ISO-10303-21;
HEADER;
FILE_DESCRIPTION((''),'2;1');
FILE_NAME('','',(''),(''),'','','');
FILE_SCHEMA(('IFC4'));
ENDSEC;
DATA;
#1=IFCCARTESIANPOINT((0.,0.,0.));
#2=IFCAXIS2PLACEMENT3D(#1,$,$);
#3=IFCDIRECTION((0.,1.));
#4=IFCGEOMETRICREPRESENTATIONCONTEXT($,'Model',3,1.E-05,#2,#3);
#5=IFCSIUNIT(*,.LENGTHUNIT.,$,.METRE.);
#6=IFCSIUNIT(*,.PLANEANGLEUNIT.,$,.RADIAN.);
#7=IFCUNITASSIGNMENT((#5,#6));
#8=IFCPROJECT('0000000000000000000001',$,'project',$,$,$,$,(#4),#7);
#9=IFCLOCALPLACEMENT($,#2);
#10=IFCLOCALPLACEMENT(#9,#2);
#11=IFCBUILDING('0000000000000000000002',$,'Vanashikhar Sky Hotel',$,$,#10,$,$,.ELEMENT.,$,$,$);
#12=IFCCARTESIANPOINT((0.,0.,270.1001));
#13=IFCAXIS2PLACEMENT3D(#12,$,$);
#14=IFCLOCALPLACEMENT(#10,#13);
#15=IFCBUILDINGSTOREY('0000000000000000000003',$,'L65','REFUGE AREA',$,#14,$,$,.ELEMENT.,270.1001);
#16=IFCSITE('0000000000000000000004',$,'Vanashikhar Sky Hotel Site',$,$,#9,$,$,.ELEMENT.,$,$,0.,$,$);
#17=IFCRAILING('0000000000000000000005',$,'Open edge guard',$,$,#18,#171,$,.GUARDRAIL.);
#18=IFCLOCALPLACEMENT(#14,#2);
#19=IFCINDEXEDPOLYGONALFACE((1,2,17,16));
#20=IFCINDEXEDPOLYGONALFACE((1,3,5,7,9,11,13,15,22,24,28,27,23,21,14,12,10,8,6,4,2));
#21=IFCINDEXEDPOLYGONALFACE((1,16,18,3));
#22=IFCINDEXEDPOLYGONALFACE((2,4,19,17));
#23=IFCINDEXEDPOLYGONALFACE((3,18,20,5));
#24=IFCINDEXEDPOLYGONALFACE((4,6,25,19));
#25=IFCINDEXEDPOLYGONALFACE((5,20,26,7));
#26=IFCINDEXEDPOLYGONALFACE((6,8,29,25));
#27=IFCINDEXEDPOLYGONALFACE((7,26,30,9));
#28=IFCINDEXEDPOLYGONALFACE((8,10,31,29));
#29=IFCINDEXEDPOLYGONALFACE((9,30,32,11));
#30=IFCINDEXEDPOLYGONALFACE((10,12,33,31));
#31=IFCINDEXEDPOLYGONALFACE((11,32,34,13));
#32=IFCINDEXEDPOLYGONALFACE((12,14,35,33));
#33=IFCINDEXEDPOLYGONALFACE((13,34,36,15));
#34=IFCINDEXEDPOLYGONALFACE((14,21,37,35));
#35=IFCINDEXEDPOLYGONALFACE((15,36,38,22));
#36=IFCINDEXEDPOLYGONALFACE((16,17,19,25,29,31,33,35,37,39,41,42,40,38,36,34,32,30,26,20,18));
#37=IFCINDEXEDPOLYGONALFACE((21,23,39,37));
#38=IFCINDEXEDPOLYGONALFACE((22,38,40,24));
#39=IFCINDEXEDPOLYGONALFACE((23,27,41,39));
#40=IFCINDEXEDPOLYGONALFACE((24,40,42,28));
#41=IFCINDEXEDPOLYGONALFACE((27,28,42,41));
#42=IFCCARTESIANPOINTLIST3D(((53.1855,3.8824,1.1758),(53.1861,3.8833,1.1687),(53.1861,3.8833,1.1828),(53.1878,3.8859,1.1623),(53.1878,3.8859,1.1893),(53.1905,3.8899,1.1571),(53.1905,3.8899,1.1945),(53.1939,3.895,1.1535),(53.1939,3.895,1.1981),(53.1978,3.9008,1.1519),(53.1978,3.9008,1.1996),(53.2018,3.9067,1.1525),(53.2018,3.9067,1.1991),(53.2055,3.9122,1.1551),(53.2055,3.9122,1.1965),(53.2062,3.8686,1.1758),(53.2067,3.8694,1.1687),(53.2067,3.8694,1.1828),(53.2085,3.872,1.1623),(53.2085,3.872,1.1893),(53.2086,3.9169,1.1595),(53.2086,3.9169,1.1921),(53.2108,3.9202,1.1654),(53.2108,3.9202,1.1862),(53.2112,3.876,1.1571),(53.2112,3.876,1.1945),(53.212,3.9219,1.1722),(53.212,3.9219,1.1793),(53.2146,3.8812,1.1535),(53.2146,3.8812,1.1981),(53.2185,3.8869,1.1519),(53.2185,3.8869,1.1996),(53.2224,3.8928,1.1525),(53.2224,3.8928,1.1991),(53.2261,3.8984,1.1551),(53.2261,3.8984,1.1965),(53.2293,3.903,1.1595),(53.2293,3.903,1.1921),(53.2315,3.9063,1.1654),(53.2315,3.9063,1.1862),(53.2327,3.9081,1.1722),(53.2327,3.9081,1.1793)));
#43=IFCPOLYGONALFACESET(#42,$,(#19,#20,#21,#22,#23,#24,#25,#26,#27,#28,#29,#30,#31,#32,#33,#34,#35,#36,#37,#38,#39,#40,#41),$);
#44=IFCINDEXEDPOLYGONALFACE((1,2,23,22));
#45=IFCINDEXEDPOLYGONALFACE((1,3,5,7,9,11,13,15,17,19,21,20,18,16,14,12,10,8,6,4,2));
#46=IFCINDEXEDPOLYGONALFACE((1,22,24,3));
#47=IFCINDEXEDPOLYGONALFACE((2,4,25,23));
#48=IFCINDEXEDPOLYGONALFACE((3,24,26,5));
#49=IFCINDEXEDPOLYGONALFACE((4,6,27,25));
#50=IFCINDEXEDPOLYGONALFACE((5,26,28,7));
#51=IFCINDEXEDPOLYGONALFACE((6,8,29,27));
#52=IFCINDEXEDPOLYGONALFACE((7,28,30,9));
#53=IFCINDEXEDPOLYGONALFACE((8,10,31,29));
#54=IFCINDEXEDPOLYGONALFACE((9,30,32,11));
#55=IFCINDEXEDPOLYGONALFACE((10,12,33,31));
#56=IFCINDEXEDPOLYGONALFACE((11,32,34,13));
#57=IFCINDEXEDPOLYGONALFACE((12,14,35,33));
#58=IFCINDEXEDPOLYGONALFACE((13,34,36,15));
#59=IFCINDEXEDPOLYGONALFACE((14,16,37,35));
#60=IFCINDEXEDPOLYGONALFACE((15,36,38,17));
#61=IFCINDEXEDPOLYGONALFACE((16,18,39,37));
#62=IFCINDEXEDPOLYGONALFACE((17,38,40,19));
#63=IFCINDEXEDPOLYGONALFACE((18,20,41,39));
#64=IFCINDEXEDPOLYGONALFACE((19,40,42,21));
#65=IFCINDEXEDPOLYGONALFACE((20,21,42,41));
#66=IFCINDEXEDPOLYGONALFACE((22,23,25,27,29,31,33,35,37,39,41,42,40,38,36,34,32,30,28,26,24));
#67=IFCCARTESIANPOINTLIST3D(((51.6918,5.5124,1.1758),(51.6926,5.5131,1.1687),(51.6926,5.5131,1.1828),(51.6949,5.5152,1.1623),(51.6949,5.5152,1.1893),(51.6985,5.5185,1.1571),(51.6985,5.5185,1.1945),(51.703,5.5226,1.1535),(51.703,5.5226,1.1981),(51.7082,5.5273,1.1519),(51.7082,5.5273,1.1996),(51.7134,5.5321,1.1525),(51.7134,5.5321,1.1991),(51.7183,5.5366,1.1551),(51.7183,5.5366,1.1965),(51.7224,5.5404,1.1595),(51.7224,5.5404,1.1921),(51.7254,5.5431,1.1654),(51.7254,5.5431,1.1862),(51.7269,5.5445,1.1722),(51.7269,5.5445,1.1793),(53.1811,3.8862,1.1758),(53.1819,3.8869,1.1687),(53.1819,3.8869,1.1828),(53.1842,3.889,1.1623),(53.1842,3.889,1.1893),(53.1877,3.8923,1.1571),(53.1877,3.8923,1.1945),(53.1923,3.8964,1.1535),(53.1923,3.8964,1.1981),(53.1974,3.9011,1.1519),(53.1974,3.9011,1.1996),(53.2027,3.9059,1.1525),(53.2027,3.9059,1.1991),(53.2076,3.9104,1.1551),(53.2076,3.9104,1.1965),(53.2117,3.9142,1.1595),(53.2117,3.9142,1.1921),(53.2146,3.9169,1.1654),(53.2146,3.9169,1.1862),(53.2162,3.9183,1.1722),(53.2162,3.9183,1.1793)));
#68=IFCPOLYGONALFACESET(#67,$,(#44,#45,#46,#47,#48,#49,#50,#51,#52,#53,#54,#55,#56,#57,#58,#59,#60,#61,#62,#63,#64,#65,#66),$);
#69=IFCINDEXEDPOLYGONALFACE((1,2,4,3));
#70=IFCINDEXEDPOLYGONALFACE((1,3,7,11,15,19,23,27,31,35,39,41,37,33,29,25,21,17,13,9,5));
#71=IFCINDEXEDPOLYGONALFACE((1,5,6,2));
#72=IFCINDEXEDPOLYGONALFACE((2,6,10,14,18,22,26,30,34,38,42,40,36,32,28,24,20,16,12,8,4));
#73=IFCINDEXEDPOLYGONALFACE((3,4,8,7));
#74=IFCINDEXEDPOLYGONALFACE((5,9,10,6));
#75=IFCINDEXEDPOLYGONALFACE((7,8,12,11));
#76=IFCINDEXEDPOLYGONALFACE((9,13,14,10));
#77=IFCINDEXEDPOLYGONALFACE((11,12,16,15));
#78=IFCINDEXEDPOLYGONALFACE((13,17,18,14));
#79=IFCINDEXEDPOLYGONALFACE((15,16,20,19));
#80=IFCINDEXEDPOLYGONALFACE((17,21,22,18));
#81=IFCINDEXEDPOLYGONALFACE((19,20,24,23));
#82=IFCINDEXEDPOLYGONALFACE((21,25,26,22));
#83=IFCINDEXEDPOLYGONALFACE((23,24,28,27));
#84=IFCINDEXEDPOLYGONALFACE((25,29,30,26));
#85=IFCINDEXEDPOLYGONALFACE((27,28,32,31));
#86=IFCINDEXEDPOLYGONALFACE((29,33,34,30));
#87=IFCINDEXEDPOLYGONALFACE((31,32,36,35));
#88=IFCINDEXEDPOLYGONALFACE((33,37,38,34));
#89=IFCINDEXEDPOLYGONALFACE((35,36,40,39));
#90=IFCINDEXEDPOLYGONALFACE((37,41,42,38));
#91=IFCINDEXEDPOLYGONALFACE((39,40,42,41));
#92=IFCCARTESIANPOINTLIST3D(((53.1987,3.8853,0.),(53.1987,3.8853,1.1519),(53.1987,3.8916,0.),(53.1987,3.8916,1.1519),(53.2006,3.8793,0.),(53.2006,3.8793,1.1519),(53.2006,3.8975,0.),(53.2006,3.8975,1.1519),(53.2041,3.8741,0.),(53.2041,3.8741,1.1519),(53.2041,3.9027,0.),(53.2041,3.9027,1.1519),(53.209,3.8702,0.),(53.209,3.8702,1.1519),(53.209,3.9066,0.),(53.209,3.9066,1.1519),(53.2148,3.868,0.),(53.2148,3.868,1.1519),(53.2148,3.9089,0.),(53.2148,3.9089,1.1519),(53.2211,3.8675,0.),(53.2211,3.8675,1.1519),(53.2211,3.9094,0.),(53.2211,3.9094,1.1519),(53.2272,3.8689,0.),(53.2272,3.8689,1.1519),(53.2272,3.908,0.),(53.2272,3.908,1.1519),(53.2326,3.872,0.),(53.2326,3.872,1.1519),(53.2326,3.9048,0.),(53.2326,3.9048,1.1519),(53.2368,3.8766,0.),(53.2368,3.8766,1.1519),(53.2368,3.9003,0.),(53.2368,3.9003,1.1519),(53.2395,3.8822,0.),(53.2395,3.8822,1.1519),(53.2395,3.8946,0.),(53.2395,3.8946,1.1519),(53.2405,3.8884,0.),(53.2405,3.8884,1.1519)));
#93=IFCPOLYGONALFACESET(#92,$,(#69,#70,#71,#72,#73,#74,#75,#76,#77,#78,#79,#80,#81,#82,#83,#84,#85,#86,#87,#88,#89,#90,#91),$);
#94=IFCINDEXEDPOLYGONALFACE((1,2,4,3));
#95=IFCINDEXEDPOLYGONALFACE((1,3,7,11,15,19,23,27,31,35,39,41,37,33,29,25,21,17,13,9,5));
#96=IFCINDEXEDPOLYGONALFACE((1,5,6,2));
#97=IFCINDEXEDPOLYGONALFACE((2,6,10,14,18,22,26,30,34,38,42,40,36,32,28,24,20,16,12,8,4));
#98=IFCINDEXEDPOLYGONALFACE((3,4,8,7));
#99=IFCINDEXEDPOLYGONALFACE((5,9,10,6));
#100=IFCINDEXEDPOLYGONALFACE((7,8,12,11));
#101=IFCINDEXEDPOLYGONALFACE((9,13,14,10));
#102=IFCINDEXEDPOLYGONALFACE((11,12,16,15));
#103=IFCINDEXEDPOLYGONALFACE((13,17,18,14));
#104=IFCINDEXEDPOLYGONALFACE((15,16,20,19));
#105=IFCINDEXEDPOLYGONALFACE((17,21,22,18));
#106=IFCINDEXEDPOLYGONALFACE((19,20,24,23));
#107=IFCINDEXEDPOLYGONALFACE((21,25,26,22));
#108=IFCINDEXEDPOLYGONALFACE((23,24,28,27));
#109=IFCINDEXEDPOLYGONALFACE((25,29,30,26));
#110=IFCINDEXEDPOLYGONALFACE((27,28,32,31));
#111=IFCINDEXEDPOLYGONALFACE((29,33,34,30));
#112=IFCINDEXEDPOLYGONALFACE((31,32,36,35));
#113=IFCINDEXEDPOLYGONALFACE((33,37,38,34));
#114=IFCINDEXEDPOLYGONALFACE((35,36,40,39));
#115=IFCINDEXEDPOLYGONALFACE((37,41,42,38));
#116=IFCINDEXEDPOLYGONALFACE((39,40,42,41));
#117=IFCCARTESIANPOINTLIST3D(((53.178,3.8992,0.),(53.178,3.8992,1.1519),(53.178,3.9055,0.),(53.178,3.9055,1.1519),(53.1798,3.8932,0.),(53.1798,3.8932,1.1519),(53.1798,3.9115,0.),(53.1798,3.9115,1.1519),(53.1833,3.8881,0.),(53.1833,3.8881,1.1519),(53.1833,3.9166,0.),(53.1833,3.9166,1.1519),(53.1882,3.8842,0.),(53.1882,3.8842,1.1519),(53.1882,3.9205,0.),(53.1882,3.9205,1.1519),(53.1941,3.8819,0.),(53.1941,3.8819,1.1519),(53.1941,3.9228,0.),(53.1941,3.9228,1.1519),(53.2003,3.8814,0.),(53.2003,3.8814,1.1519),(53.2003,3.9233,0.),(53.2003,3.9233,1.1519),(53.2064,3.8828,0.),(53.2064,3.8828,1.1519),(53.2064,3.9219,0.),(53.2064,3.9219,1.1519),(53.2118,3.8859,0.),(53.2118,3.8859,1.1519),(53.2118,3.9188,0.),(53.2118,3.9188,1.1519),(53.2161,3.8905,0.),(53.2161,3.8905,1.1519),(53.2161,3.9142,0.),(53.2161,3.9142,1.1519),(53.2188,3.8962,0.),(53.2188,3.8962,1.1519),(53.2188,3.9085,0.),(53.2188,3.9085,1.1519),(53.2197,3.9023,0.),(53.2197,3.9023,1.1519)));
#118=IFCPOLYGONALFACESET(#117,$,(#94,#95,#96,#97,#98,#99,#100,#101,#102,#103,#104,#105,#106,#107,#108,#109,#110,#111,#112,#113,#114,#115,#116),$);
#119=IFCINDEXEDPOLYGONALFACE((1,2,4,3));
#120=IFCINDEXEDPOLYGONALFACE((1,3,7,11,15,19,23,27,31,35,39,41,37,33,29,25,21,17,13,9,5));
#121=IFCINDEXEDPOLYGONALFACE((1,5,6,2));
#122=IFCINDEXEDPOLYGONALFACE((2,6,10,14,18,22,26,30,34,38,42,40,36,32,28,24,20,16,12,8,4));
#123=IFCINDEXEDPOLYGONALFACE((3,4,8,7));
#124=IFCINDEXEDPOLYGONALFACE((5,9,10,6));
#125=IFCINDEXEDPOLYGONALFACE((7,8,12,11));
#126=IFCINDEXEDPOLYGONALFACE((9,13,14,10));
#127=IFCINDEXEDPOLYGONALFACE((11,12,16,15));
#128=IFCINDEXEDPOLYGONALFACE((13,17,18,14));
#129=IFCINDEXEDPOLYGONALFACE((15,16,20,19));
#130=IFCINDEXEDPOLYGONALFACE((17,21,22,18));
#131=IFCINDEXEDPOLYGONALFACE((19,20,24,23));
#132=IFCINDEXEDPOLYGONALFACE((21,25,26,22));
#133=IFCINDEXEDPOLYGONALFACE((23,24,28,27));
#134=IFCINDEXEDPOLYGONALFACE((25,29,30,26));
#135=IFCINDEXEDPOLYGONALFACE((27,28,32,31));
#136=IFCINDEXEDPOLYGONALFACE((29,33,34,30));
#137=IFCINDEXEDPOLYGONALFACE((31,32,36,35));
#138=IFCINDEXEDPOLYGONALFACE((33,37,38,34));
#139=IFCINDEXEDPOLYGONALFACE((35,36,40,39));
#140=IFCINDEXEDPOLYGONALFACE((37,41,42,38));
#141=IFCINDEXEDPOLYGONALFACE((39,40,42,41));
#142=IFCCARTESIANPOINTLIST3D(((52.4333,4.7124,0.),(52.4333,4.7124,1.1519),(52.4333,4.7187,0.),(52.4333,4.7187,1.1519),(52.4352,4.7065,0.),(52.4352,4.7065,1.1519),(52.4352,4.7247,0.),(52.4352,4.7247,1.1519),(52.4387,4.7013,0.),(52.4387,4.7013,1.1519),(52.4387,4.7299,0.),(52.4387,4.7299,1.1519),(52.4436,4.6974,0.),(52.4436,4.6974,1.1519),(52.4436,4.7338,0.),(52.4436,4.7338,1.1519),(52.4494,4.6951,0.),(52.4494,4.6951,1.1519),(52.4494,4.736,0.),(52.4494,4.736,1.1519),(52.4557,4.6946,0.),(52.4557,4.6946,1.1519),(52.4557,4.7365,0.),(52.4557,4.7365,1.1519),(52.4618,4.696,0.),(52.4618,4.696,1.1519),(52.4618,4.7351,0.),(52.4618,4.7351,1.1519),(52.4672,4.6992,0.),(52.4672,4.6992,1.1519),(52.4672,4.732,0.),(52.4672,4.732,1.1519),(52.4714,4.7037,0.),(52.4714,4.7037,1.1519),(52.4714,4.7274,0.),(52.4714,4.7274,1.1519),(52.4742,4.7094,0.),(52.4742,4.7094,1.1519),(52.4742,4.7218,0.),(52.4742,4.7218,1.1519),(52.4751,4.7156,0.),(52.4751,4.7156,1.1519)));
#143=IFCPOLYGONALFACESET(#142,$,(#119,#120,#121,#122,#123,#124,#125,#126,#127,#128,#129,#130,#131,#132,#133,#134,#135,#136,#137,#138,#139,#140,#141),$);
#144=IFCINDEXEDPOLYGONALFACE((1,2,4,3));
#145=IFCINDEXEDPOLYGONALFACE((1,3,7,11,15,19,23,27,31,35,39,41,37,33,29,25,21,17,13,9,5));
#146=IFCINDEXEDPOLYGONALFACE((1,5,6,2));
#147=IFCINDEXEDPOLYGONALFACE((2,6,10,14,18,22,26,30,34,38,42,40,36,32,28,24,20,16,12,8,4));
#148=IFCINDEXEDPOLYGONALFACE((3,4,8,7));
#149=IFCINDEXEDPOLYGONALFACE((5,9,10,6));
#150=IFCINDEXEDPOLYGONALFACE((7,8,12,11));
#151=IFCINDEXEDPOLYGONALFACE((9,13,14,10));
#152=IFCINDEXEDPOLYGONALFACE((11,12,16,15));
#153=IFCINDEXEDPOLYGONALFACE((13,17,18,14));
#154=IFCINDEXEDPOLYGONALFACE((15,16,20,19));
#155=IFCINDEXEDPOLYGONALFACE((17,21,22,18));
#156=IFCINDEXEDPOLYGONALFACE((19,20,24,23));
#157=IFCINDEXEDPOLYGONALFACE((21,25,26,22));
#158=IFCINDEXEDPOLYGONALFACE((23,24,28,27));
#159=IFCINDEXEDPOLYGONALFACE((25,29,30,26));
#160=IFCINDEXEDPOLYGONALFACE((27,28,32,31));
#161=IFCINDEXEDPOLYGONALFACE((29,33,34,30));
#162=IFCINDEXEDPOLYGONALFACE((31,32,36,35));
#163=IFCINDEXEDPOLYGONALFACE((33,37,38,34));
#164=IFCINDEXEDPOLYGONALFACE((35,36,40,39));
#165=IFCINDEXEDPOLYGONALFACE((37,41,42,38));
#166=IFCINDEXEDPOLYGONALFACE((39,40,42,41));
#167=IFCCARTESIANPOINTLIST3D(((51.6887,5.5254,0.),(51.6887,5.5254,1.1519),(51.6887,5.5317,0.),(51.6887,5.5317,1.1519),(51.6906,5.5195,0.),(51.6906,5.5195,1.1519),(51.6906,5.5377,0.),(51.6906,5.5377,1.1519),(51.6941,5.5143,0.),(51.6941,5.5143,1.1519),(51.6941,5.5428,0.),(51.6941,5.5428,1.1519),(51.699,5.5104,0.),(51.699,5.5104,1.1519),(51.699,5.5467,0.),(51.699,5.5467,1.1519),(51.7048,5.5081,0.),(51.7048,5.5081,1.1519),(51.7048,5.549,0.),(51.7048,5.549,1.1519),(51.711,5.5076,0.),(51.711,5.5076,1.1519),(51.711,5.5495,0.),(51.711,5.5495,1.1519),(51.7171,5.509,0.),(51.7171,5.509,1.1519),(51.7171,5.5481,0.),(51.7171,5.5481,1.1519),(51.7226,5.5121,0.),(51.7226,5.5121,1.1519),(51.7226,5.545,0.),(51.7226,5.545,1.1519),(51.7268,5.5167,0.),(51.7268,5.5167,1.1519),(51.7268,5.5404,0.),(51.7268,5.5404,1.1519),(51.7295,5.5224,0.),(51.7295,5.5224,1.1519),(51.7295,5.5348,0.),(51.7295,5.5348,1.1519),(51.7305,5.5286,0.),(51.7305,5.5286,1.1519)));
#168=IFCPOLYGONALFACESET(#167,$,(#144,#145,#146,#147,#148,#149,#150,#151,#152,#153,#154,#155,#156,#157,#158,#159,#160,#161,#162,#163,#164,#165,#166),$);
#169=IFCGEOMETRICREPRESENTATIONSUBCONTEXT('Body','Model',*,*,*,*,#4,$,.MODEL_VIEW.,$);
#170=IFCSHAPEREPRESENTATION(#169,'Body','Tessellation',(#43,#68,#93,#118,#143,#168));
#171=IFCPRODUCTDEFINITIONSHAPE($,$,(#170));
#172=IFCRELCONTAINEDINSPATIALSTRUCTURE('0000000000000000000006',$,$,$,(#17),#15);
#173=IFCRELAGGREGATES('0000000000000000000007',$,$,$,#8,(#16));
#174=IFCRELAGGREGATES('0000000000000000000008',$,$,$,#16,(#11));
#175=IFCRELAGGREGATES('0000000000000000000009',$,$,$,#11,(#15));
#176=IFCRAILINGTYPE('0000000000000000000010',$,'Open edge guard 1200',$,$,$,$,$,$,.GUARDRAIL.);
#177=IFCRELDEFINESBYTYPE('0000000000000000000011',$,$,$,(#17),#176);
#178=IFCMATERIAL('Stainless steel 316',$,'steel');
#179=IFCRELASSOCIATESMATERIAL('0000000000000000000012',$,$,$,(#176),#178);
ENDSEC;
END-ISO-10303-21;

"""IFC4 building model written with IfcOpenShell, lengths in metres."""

from ifc_helpers import new_model, si_unit, direction, frame, origin, origin_2d, place, context, subcontext, project, spatial, circle, extrude, source, transform, mapped, material, type_object, element, save


model = new_model("IFC4")

# Units and contexts
model_context = context("Model", 3, precision=1e-05, world=origin(), true_north=direction((0.0, 1.0)))
body_context = subcontext(model_context, "Body", "Model", "MODEL_VIEW")
ifc_project = project(units=[si_unit("LENGTHUNIT", "METRE"), si_unit("PLANEANGLEUNIT", "RADIAN")], contexts=[model_context])

# Site, building, storey
site_placement = place(None, origin())
site = spatial("IfcSite", under=ifc_project, at=site_placement, Name="Vanashikhar Sky Hotel Site", CompositionType="ELEMENT", RefElevation=0.0)
building_placement = place(site_placement, origin())
building = spatial("IfcBuilding", under=site, at=building_placement, Name="Vanashikhar Sky Hotel", CompositionType="ELEMENT")
storey_placement = place(building_placement, frame((0.0, 0.0, 270.1001)))
storey = spatial("IfcBuildingStorey", under=building, at=storey_placement, Name="L65", Description="REFUGE AREA", CompositionType="ELEMENT", Elevation=270.1001)

# Railing
ifc_material_1 = material(Name="Stainless steel 316", Category="steel")
railing_type = type_object("IfcRailingType", Name="Open edge guard 1200", PredefinedType="GUARDRAIL", material=ifc_material_1)
shared_shape_1 = source(origin(), body_context, "Body", "SweptSolid", [
    extrude(circle(Radius=0.0239, at=origin_2d()), frame((0.0, 0.0, 1.1758), z_axis=(-0.830544, 0.556953, 0.0), x_axis=(-0.556953, -0.830544, 0.0)), (0.0, 0.0, 1.0), 0.0249),
    extrude(circle(Radius=0.0239, at=origin_2d()), frame((-0.0208, 0.0139, 1.1758), z_axis=(-0.675369, 0.73748, 0.0), x_axis=(-0.73748, -0.675369, 0.0)), (0.0, 0.0, 1.0), 2.2051),
    extrude(circle(Radius=0.021, at=origin_2d()), origin(), (0.0, 0.0, 1.0), 1.1519),
    extrude(circle(Radius=0.021, at=origin_2d()), frame((-0.0208, 0.0139, 0.0)), (0.0, 0.0, 1.0), 1.1519),
    extrude(circle(Radius=0.021, at=origin_2d()), frame((-0.7654, 0.8271, 0.0)), (0.0, 0.0, 1.0), 1.1519),
    extrude(circle(Radius=0.021, at=origin_2d()), frame((-1.51, 1.6401, 0.0)), (0.0, 0.0, 1.0), 1.1519),
])
railing_1_placement = place(storey_placement, frame((53.2195, 3.8884, 0.0)))
element("IfcRailing", 1, at=railing_1_placement, inside=storey, type_object=railing_type, Name="Open edge guard", PredefinedType="GUARDRAIL", context=body_context, shape_type="MappedRepresentation", body=[
    mapped(shared_shape_1, transform((0.0, 0.0, 0.0), scale=1.0)),
])

save(model, "model.ifc")
